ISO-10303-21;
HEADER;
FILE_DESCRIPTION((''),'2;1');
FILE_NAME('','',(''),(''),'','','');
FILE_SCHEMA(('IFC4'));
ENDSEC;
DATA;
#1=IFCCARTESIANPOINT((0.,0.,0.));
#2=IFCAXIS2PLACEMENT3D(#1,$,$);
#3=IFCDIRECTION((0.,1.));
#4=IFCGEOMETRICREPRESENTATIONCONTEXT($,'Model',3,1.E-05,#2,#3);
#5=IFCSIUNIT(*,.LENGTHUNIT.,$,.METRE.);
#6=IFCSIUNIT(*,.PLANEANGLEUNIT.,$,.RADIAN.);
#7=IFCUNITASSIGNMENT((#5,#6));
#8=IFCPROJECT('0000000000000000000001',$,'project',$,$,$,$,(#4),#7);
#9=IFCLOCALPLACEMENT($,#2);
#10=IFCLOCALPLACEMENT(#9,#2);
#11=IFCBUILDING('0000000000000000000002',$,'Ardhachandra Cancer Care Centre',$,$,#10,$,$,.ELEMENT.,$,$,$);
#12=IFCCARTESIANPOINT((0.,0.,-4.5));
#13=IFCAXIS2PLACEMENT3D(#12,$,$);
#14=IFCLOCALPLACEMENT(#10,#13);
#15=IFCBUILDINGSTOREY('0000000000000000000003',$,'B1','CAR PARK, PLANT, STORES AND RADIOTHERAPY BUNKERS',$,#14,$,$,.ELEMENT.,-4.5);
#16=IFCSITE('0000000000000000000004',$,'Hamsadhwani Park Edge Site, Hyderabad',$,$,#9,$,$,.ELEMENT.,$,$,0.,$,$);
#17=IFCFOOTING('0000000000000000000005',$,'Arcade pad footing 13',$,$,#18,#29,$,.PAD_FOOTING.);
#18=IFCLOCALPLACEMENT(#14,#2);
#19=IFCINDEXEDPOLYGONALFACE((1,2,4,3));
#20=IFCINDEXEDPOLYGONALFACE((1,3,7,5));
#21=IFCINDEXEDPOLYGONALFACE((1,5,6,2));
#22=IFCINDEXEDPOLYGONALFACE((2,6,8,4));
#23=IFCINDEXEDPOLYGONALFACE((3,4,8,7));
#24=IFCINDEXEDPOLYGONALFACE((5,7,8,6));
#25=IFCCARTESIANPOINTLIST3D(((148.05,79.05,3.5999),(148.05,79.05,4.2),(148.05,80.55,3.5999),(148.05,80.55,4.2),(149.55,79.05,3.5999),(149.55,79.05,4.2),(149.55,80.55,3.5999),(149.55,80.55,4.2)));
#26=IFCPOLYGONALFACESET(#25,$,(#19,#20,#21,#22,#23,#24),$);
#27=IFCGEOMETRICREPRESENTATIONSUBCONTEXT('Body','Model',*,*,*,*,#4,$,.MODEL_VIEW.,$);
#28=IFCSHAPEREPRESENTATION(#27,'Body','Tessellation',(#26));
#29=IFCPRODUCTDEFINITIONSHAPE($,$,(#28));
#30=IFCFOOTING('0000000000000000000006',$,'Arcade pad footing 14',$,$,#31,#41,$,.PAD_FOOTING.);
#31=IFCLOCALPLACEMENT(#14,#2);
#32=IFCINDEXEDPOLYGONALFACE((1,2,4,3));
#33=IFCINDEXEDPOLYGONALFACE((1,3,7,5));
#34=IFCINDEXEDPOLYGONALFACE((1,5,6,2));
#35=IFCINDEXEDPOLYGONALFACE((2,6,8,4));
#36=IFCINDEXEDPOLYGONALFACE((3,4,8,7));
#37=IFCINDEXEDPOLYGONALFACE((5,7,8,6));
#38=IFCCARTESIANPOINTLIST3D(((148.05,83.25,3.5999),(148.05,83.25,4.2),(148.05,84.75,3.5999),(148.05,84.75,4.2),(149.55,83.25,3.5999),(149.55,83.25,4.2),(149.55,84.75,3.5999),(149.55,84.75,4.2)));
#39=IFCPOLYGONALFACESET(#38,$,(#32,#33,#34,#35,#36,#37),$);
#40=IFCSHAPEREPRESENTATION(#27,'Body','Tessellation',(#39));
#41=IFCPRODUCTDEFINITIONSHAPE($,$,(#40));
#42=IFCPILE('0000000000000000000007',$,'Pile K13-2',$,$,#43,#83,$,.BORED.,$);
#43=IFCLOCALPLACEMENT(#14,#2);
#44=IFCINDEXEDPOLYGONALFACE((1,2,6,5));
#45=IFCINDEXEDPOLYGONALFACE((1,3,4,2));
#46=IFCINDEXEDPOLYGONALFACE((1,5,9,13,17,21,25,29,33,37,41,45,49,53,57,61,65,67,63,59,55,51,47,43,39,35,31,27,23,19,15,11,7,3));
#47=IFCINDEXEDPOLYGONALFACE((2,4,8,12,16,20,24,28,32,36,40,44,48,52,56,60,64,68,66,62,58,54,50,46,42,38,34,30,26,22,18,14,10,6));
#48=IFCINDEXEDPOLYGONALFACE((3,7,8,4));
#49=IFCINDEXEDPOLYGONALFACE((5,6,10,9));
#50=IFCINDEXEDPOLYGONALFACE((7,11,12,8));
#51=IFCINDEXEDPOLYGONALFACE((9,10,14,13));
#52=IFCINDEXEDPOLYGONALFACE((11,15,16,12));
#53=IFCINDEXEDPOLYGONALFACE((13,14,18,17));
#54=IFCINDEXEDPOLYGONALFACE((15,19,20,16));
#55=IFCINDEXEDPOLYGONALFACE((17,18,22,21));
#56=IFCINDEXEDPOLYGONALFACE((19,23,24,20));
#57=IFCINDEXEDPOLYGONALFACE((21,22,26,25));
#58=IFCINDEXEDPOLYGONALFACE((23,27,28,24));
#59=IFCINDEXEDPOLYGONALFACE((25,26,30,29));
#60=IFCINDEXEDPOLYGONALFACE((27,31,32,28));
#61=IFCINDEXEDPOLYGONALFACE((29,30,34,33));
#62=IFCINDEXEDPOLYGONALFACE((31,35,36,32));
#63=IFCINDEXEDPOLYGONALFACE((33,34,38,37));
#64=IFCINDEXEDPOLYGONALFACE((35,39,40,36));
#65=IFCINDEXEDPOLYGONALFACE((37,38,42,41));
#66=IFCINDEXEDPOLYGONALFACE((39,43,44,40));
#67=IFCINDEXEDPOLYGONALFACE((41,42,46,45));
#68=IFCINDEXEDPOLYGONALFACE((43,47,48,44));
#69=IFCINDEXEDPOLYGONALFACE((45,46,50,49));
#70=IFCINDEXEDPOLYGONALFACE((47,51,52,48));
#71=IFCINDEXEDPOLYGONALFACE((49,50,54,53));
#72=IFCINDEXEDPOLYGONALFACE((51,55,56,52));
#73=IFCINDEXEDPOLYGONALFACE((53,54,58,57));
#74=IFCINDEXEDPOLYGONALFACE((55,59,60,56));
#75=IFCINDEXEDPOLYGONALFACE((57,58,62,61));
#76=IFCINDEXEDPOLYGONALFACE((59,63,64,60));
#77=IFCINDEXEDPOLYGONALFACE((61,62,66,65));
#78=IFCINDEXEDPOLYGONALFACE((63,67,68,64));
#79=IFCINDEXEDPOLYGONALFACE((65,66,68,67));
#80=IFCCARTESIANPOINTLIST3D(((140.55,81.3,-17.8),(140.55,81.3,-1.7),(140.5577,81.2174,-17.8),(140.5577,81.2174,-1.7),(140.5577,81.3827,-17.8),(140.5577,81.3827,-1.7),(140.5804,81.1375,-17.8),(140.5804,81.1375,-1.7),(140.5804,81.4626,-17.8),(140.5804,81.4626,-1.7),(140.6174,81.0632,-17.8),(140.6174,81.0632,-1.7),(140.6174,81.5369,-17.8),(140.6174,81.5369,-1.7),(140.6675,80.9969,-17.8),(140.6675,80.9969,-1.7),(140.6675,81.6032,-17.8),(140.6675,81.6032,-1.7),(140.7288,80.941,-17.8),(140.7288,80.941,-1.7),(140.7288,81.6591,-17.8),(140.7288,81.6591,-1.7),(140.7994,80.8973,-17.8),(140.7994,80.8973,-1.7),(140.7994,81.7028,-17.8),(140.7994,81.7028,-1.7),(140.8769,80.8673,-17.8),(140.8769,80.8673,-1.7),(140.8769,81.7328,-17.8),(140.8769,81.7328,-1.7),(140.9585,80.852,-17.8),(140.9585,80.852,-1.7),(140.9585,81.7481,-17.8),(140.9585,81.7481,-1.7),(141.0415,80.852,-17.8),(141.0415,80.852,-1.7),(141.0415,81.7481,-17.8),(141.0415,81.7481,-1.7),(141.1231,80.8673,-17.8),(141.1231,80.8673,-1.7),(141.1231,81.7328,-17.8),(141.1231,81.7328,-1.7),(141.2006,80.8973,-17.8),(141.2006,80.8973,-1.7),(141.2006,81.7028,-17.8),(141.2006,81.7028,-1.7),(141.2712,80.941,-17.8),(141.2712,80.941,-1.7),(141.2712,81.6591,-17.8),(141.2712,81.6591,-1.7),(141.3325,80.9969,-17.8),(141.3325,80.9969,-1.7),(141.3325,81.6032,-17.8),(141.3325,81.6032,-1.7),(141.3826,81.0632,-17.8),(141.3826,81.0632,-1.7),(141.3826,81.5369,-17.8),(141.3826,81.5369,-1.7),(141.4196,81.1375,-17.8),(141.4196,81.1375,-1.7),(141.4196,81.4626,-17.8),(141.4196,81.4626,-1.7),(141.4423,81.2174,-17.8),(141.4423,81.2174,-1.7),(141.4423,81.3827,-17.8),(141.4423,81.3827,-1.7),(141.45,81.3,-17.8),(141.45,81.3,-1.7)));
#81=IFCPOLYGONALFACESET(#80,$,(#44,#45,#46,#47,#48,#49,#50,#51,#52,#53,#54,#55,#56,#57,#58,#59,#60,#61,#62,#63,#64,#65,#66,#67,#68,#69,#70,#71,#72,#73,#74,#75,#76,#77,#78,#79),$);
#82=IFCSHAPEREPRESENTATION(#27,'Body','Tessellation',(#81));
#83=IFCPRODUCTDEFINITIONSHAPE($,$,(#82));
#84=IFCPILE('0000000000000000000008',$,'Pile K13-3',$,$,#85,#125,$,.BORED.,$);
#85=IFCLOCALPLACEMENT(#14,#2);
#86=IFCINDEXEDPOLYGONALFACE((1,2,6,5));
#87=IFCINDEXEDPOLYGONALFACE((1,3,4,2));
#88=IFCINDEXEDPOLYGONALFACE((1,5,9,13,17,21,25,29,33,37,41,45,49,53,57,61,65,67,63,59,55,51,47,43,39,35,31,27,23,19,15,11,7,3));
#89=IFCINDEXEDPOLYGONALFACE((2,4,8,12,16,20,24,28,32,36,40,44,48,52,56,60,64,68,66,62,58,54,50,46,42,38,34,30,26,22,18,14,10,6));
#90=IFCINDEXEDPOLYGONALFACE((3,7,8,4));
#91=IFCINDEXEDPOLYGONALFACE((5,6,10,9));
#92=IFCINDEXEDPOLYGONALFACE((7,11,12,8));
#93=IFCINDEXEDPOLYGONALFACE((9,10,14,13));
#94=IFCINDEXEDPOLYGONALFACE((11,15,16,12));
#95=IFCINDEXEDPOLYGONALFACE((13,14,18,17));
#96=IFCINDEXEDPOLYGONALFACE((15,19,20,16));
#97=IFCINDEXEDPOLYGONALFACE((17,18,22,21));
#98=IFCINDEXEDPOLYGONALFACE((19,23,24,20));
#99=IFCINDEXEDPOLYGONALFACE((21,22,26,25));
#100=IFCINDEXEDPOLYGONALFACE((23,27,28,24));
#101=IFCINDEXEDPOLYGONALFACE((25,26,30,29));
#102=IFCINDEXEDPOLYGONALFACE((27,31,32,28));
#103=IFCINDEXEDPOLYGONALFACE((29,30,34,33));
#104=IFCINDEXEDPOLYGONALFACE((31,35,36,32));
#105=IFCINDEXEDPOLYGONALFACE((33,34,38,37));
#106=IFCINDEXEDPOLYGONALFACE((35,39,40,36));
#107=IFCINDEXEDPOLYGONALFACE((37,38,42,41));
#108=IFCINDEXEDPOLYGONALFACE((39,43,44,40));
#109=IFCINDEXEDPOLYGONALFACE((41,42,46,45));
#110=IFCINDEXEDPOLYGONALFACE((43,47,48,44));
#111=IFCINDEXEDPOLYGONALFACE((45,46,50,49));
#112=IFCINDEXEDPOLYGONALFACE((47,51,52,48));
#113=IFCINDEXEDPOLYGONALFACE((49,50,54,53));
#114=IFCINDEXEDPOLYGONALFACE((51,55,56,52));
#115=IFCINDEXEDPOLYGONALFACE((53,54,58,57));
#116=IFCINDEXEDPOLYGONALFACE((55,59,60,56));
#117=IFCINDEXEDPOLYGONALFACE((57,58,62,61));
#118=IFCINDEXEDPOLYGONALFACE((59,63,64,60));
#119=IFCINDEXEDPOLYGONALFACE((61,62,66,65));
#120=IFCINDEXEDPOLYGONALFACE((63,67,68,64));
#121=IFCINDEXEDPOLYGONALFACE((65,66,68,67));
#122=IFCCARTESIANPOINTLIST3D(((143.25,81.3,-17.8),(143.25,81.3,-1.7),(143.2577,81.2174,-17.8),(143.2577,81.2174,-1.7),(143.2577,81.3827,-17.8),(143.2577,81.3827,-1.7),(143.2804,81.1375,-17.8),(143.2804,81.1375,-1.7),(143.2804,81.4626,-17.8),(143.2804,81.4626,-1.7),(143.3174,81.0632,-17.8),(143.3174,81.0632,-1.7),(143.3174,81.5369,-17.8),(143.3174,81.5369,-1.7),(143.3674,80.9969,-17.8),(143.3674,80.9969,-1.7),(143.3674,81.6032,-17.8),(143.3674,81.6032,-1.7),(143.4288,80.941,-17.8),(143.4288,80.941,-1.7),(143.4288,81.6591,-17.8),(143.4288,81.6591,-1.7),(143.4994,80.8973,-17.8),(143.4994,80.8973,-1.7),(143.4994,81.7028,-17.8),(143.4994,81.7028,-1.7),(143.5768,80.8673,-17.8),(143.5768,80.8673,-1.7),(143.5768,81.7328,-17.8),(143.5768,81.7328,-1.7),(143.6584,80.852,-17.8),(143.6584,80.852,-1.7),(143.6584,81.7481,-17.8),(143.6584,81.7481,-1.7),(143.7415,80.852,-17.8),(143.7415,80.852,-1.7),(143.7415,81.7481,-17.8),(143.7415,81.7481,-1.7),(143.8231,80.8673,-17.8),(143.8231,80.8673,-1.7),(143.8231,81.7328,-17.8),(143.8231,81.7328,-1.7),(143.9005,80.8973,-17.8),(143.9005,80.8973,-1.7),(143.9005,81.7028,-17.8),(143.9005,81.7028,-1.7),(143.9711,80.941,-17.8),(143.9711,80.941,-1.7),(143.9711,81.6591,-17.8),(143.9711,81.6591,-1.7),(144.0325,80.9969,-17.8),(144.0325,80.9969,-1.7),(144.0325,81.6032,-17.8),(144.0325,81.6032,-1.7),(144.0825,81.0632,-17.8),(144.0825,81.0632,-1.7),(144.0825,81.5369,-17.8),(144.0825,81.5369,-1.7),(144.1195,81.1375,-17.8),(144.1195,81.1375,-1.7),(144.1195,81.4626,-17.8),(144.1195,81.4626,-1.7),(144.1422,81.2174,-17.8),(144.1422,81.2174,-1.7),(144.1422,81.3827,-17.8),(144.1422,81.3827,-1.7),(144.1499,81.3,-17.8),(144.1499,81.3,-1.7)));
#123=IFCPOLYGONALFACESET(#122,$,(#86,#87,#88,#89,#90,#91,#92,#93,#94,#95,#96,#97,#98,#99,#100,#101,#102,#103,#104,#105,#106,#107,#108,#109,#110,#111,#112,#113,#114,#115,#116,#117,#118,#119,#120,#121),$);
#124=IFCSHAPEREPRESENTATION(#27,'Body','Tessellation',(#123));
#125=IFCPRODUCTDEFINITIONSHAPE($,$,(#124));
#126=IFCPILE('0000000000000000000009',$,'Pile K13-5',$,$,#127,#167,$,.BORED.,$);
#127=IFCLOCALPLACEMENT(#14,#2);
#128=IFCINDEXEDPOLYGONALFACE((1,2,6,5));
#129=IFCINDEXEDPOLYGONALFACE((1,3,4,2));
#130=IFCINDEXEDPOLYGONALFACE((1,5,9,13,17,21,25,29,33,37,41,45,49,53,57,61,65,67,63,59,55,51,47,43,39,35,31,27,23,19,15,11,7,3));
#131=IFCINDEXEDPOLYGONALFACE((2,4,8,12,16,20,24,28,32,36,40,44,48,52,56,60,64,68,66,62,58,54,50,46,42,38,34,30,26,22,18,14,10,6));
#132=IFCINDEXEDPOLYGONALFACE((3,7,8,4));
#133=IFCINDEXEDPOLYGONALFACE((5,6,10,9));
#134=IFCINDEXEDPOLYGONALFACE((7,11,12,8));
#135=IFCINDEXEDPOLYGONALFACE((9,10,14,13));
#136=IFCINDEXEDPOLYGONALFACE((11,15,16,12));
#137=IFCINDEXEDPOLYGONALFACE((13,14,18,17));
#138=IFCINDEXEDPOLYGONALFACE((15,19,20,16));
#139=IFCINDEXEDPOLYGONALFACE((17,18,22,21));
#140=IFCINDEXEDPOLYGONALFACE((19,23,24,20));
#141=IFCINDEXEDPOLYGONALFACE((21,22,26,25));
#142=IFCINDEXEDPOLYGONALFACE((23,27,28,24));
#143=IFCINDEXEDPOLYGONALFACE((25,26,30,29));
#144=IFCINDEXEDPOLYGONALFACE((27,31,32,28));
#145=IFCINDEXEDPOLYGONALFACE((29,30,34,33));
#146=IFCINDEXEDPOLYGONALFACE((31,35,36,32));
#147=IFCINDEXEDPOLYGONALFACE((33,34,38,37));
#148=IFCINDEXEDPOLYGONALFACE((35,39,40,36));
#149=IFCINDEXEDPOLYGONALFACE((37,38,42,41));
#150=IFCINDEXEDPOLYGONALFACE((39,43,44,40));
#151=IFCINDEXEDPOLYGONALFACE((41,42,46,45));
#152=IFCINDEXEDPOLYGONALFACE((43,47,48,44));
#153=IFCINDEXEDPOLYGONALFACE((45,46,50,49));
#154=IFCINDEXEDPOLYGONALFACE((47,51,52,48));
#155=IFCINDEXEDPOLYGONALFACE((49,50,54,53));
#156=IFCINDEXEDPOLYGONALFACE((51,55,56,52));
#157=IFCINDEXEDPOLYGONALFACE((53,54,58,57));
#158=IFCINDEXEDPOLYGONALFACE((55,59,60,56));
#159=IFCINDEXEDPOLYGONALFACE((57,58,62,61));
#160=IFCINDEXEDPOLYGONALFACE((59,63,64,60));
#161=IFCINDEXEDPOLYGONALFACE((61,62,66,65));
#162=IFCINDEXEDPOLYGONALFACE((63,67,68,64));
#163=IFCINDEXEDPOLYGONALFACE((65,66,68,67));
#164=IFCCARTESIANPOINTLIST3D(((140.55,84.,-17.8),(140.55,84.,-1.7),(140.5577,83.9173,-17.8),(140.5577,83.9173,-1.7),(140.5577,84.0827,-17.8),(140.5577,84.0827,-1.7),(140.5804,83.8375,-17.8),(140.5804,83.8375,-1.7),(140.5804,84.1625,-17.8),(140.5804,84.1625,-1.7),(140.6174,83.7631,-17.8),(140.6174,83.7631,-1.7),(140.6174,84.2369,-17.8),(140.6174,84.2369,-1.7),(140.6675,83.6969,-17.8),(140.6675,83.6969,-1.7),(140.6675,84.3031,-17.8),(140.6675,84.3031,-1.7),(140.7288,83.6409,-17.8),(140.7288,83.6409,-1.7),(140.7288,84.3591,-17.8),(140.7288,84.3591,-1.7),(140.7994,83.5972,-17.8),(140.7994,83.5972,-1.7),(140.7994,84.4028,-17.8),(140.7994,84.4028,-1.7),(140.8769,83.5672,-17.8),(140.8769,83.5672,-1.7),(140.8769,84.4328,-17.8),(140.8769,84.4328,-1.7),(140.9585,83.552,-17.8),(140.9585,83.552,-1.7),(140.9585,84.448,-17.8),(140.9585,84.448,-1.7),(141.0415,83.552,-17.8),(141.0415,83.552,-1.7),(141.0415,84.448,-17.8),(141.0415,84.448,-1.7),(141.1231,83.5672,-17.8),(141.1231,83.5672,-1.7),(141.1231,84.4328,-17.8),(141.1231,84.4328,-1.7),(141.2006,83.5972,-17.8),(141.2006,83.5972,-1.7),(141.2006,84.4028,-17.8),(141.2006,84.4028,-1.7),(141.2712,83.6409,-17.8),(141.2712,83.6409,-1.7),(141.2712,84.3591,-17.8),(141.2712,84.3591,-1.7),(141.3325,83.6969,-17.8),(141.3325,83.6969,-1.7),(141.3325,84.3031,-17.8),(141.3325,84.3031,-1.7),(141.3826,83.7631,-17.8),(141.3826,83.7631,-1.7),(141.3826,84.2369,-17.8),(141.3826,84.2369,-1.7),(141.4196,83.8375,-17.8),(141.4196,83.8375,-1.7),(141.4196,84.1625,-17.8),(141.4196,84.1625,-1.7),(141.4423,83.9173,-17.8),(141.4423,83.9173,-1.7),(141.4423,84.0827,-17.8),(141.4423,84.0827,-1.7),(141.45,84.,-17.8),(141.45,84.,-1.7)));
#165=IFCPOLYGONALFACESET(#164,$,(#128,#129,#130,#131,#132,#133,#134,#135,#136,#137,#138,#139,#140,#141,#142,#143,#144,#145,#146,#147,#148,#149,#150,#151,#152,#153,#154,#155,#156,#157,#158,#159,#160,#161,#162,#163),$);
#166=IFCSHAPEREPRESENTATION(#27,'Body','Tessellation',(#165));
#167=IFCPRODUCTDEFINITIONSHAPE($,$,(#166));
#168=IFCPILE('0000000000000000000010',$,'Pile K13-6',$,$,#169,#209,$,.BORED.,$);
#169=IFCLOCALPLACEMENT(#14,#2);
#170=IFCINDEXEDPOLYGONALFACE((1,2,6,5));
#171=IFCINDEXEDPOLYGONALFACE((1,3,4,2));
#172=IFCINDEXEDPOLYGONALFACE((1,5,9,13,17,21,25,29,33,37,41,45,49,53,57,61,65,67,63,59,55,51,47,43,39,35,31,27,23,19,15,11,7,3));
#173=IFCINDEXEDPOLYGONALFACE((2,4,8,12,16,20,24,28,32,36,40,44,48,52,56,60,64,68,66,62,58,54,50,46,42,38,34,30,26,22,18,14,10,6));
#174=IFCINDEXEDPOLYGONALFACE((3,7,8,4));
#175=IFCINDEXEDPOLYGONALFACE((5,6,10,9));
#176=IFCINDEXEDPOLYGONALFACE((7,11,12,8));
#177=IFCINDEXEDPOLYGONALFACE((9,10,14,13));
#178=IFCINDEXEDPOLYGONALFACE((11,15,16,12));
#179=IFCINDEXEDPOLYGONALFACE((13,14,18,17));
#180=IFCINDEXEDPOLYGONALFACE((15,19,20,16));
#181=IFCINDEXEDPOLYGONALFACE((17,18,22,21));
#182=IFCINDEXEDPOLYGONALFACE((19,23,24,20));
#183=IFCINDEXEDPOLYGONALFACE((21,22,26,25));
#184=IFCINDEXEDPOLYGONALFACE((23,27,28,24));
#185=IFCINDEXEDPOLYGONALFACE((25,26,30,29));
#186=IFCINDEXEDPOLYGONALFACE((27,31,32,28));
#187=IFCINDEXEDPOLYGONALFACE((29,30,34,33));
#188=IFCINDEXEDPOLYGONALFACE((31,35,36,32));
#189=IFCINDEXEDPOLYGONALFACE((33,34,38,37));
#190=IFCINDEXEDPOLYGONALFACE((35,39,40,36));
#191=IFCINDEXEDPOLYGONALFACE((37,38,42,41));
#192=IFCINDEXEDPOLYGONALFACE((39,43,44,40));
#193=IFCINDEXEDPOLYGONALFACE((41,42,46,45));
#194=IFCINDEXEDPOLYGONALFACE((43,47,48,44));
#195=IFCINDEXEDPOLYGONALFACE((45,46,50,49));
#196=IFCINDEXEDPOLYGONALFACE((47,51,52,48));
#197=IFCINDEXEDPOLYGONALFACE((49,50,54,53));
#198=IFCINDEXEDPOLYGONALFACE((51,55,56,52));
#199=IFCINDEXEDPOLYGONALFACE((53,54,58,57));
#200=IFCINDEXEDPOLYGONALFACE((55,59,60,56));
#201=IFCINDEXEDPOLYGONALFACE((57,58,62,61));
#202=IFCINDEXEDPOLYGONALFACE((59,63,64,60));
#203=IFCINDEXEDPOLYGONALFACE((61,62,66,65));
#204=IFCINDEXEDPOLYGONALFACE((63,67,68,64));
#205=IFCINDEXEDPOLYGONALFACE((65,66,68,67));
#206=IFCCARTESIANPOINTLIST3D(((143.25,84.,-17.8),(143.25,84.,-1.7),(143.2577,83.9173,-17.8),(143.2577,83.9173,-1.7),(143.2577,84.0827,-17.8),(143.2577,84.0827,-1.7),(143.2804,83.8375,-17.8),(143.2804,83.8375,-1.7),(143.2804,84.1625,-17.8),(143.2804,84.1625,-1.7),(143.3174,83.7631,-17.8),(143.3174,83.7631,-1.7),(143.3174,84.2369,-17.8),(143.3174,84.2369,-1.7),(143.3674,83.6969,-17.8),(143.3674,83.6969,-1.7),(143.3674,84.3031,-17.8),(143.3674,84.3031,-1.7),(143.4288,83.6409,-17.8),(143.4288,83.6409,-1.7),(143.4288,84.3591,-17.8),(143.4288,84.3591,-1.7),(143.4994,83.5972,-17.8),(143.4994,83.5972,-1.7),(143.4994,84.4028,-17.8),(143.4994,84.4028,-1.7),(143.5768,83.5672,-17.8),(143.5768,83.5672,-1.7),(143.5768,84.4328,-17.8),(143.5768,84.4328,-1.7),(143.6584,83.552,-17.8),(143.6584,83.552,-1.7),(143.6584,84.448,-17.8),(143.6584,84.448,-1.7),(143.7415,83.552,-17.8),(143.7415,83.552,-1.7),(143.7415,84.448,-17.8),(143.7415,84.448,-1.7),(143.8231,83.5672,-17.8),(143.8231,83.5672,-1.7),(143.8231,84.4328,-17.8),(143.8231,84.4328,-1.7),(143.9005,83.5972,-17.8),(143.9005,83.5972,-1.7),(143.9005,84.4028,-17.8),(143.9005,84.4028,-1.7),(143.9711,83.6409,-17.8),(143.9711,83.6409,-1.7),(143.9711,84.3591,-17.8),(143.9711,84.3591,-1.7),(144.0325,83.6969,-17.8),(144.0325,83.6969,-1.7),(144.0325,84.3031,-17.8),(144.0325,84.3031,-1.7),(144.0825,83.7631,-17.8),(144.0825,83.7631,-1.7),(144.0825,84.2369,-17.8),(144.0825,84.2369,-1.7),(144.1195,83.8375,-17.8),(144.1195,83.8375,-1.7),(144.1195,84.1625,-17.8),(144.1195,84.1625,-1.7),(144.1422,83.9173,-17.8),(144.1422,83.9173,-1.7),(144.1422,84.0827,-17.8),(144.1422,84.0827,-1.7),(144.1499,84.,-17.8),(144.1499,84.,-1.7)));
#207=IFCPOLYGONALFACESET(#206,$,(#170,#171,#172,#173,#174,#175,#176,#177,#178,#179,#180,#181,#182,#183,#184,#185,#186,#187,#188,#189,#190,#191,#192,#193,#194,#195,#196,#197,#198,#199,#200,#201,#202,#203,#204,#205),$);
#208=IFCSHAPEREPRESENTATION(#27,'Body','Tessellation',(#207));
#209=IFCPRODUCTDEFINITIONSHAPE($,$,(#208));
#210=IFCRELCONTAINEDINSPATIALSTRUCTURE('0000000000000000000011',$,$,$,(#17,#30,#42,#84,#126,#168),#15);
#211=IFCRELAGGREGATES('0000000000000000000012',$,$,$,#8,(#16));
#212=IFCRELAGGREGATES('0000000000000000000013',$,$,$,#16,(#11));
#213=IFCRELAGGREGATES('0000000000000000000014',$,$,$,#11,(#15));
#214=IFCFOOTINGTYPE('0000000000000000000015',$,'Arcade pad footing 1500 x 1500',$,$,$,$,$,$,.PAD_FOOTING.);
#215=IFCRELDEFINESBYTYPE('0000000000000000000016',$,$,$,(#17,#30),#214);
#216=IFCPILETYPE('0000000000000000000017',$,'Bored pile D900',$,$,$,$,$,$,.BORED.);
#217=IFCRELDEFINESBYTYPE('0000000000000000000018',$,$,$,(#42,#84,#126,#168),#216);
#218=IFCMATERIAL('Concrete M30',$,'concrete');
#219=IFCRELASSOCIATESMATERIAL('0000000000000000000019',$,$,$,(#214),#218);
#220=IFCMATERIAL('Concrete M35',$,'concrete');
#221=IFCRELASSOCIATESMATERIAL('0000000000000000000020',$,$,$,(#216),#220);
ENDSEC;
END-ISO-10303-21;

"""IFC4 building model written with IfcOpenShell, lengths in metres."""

from ifc_helpers import new_model, si_unit, direction, frame, origin, origin_2d, place, context, subcontext, project, spatial, rectangle, circle, extrude, material, material_profile, profile_set, type_object, element, save


model = new_model("IFC4")

# Units and contexts
model_context = context("Model", 3, precision=1e-05, world=origin(), true_north=direction((0.0, 1.0)))
body_context = subcontext(model_context, "Body", "Model", "MODEL_VIEW")
ifc_project = project(units=[si_unit("LENGTHUNIT", "METRE"), si_unit("PLANEANGLEUNIT", "RADIAN")], contexts=[model_context])

# Site, building, storey
site_placement = place(None, origin())
site = spatial("IfcSite", under=ifc_project, at=site_placement, Name="Hamsadhwani Park Edge Site, Hyderabad", CompositionType="ELEMENT", RefElevation=0.0)
building_placement = place(site_placement, origin())
building = spatial("IfcBuilding", under=site, at=building_placement, Name="Ardhachandra Cancer Care Centre", CompositionType="ELEMENT")
storey_placement = place(building_placement, frame((0.0, 0.0, -4.5)))
storey = spatial("IfcBuildingStorey", under=building, at=storey_placement, Name="B1", Description="CAR PARK, PLANT, STORES AND RADIOTHERAPY BUNKERS", CompositionType="ELEMENT", Elevation=-4.5)

# Footings
ifc_material_1 = material(Name="Concrete M30", Category="concrete")
footing_type = type_object("IfcFootingType", Name="Arcade pad footing 1500 x 1500", PredefinedType="PAD_FOOTING", material=ifc_material_1)
for number, where, z_axis, x_axis, name in (
    (1, (148.8, 79.8, 3.5999), (0.0, 0.0, 1.0), (1.0, 0.0, 0.0), "Arcade pad footing 13"),
    (2, (148.8, 84.0, 3.5999), (0.0, 0.0, 1.0), (1.0, 0.0, 0.0), "Arcade pad footing 14"),
):
    element("IfcFooting", number, at=place(storey_placement, frame(where, z_axis=z_axis, x_axis=x_axis)), inside=storey, type_object=footing_type, Name=name, PredefinedType="PAD_FOOTING", context=body_context, shape_type="SweptSolid", body=[
        extrude(rectangle(XDim=1.5, YDim=1.5, at=origin_2d()), origin(), (0.0, 0.0, 1.0), 0.6001),
    ])

# Piles
ifc_material_2 = material(Name="Concrete M35", Category="concrete")
ifc_material_profile = material_profile(ifc_material_2, circle(Radius=0.45, at=origin_2d()), Name="D900")
ifc_profile_set = profile_set([ifc_material_profile], Name="Concrete M35")
pile_type = type_object("IfcPileType", Name="Bored pile D900", PredefinedType="BORED", material=ifc_profile_set)
for number, where, z_axis, x_axis, name in (
    (3, (141.0, 81.3, -1.7), (0.0, 0.0, -1.0), (1.0, 0.0, 0.0), "Pile K13-2"),
    (4, (143.7, 81.3, -1.7), (0.0, 0.0, -1.0), (1.0, 0.0, 0.0), "Pile K13-3"),
    (5, (141.0, 84.0, -1.7), (0.0, 0.0, -1.0), (1.0, 0.0, 0.0), "Pile K13-5"),
    (6, (143.7, 84.0, -1.7), (0.0, 0.0, -1.0), (1.0, 0.0, 0.0), "Pile K13-6"),
):
    element("IfcPile", number, at=place(storey_placement, frame(where, z_axis=z_axis, x_axis=x_axis)), inside=storey, type_object=pile_type, Name=name, PredefinedType="BORED", context=body_context, shape_type="SweptSolid", body=[
        extrude(circle(Radius=0.45, at=origin_2d()), origin(), (0.0, 0.0, 1.0), 16.1001),
    ])

save(model, "model.ifc")
